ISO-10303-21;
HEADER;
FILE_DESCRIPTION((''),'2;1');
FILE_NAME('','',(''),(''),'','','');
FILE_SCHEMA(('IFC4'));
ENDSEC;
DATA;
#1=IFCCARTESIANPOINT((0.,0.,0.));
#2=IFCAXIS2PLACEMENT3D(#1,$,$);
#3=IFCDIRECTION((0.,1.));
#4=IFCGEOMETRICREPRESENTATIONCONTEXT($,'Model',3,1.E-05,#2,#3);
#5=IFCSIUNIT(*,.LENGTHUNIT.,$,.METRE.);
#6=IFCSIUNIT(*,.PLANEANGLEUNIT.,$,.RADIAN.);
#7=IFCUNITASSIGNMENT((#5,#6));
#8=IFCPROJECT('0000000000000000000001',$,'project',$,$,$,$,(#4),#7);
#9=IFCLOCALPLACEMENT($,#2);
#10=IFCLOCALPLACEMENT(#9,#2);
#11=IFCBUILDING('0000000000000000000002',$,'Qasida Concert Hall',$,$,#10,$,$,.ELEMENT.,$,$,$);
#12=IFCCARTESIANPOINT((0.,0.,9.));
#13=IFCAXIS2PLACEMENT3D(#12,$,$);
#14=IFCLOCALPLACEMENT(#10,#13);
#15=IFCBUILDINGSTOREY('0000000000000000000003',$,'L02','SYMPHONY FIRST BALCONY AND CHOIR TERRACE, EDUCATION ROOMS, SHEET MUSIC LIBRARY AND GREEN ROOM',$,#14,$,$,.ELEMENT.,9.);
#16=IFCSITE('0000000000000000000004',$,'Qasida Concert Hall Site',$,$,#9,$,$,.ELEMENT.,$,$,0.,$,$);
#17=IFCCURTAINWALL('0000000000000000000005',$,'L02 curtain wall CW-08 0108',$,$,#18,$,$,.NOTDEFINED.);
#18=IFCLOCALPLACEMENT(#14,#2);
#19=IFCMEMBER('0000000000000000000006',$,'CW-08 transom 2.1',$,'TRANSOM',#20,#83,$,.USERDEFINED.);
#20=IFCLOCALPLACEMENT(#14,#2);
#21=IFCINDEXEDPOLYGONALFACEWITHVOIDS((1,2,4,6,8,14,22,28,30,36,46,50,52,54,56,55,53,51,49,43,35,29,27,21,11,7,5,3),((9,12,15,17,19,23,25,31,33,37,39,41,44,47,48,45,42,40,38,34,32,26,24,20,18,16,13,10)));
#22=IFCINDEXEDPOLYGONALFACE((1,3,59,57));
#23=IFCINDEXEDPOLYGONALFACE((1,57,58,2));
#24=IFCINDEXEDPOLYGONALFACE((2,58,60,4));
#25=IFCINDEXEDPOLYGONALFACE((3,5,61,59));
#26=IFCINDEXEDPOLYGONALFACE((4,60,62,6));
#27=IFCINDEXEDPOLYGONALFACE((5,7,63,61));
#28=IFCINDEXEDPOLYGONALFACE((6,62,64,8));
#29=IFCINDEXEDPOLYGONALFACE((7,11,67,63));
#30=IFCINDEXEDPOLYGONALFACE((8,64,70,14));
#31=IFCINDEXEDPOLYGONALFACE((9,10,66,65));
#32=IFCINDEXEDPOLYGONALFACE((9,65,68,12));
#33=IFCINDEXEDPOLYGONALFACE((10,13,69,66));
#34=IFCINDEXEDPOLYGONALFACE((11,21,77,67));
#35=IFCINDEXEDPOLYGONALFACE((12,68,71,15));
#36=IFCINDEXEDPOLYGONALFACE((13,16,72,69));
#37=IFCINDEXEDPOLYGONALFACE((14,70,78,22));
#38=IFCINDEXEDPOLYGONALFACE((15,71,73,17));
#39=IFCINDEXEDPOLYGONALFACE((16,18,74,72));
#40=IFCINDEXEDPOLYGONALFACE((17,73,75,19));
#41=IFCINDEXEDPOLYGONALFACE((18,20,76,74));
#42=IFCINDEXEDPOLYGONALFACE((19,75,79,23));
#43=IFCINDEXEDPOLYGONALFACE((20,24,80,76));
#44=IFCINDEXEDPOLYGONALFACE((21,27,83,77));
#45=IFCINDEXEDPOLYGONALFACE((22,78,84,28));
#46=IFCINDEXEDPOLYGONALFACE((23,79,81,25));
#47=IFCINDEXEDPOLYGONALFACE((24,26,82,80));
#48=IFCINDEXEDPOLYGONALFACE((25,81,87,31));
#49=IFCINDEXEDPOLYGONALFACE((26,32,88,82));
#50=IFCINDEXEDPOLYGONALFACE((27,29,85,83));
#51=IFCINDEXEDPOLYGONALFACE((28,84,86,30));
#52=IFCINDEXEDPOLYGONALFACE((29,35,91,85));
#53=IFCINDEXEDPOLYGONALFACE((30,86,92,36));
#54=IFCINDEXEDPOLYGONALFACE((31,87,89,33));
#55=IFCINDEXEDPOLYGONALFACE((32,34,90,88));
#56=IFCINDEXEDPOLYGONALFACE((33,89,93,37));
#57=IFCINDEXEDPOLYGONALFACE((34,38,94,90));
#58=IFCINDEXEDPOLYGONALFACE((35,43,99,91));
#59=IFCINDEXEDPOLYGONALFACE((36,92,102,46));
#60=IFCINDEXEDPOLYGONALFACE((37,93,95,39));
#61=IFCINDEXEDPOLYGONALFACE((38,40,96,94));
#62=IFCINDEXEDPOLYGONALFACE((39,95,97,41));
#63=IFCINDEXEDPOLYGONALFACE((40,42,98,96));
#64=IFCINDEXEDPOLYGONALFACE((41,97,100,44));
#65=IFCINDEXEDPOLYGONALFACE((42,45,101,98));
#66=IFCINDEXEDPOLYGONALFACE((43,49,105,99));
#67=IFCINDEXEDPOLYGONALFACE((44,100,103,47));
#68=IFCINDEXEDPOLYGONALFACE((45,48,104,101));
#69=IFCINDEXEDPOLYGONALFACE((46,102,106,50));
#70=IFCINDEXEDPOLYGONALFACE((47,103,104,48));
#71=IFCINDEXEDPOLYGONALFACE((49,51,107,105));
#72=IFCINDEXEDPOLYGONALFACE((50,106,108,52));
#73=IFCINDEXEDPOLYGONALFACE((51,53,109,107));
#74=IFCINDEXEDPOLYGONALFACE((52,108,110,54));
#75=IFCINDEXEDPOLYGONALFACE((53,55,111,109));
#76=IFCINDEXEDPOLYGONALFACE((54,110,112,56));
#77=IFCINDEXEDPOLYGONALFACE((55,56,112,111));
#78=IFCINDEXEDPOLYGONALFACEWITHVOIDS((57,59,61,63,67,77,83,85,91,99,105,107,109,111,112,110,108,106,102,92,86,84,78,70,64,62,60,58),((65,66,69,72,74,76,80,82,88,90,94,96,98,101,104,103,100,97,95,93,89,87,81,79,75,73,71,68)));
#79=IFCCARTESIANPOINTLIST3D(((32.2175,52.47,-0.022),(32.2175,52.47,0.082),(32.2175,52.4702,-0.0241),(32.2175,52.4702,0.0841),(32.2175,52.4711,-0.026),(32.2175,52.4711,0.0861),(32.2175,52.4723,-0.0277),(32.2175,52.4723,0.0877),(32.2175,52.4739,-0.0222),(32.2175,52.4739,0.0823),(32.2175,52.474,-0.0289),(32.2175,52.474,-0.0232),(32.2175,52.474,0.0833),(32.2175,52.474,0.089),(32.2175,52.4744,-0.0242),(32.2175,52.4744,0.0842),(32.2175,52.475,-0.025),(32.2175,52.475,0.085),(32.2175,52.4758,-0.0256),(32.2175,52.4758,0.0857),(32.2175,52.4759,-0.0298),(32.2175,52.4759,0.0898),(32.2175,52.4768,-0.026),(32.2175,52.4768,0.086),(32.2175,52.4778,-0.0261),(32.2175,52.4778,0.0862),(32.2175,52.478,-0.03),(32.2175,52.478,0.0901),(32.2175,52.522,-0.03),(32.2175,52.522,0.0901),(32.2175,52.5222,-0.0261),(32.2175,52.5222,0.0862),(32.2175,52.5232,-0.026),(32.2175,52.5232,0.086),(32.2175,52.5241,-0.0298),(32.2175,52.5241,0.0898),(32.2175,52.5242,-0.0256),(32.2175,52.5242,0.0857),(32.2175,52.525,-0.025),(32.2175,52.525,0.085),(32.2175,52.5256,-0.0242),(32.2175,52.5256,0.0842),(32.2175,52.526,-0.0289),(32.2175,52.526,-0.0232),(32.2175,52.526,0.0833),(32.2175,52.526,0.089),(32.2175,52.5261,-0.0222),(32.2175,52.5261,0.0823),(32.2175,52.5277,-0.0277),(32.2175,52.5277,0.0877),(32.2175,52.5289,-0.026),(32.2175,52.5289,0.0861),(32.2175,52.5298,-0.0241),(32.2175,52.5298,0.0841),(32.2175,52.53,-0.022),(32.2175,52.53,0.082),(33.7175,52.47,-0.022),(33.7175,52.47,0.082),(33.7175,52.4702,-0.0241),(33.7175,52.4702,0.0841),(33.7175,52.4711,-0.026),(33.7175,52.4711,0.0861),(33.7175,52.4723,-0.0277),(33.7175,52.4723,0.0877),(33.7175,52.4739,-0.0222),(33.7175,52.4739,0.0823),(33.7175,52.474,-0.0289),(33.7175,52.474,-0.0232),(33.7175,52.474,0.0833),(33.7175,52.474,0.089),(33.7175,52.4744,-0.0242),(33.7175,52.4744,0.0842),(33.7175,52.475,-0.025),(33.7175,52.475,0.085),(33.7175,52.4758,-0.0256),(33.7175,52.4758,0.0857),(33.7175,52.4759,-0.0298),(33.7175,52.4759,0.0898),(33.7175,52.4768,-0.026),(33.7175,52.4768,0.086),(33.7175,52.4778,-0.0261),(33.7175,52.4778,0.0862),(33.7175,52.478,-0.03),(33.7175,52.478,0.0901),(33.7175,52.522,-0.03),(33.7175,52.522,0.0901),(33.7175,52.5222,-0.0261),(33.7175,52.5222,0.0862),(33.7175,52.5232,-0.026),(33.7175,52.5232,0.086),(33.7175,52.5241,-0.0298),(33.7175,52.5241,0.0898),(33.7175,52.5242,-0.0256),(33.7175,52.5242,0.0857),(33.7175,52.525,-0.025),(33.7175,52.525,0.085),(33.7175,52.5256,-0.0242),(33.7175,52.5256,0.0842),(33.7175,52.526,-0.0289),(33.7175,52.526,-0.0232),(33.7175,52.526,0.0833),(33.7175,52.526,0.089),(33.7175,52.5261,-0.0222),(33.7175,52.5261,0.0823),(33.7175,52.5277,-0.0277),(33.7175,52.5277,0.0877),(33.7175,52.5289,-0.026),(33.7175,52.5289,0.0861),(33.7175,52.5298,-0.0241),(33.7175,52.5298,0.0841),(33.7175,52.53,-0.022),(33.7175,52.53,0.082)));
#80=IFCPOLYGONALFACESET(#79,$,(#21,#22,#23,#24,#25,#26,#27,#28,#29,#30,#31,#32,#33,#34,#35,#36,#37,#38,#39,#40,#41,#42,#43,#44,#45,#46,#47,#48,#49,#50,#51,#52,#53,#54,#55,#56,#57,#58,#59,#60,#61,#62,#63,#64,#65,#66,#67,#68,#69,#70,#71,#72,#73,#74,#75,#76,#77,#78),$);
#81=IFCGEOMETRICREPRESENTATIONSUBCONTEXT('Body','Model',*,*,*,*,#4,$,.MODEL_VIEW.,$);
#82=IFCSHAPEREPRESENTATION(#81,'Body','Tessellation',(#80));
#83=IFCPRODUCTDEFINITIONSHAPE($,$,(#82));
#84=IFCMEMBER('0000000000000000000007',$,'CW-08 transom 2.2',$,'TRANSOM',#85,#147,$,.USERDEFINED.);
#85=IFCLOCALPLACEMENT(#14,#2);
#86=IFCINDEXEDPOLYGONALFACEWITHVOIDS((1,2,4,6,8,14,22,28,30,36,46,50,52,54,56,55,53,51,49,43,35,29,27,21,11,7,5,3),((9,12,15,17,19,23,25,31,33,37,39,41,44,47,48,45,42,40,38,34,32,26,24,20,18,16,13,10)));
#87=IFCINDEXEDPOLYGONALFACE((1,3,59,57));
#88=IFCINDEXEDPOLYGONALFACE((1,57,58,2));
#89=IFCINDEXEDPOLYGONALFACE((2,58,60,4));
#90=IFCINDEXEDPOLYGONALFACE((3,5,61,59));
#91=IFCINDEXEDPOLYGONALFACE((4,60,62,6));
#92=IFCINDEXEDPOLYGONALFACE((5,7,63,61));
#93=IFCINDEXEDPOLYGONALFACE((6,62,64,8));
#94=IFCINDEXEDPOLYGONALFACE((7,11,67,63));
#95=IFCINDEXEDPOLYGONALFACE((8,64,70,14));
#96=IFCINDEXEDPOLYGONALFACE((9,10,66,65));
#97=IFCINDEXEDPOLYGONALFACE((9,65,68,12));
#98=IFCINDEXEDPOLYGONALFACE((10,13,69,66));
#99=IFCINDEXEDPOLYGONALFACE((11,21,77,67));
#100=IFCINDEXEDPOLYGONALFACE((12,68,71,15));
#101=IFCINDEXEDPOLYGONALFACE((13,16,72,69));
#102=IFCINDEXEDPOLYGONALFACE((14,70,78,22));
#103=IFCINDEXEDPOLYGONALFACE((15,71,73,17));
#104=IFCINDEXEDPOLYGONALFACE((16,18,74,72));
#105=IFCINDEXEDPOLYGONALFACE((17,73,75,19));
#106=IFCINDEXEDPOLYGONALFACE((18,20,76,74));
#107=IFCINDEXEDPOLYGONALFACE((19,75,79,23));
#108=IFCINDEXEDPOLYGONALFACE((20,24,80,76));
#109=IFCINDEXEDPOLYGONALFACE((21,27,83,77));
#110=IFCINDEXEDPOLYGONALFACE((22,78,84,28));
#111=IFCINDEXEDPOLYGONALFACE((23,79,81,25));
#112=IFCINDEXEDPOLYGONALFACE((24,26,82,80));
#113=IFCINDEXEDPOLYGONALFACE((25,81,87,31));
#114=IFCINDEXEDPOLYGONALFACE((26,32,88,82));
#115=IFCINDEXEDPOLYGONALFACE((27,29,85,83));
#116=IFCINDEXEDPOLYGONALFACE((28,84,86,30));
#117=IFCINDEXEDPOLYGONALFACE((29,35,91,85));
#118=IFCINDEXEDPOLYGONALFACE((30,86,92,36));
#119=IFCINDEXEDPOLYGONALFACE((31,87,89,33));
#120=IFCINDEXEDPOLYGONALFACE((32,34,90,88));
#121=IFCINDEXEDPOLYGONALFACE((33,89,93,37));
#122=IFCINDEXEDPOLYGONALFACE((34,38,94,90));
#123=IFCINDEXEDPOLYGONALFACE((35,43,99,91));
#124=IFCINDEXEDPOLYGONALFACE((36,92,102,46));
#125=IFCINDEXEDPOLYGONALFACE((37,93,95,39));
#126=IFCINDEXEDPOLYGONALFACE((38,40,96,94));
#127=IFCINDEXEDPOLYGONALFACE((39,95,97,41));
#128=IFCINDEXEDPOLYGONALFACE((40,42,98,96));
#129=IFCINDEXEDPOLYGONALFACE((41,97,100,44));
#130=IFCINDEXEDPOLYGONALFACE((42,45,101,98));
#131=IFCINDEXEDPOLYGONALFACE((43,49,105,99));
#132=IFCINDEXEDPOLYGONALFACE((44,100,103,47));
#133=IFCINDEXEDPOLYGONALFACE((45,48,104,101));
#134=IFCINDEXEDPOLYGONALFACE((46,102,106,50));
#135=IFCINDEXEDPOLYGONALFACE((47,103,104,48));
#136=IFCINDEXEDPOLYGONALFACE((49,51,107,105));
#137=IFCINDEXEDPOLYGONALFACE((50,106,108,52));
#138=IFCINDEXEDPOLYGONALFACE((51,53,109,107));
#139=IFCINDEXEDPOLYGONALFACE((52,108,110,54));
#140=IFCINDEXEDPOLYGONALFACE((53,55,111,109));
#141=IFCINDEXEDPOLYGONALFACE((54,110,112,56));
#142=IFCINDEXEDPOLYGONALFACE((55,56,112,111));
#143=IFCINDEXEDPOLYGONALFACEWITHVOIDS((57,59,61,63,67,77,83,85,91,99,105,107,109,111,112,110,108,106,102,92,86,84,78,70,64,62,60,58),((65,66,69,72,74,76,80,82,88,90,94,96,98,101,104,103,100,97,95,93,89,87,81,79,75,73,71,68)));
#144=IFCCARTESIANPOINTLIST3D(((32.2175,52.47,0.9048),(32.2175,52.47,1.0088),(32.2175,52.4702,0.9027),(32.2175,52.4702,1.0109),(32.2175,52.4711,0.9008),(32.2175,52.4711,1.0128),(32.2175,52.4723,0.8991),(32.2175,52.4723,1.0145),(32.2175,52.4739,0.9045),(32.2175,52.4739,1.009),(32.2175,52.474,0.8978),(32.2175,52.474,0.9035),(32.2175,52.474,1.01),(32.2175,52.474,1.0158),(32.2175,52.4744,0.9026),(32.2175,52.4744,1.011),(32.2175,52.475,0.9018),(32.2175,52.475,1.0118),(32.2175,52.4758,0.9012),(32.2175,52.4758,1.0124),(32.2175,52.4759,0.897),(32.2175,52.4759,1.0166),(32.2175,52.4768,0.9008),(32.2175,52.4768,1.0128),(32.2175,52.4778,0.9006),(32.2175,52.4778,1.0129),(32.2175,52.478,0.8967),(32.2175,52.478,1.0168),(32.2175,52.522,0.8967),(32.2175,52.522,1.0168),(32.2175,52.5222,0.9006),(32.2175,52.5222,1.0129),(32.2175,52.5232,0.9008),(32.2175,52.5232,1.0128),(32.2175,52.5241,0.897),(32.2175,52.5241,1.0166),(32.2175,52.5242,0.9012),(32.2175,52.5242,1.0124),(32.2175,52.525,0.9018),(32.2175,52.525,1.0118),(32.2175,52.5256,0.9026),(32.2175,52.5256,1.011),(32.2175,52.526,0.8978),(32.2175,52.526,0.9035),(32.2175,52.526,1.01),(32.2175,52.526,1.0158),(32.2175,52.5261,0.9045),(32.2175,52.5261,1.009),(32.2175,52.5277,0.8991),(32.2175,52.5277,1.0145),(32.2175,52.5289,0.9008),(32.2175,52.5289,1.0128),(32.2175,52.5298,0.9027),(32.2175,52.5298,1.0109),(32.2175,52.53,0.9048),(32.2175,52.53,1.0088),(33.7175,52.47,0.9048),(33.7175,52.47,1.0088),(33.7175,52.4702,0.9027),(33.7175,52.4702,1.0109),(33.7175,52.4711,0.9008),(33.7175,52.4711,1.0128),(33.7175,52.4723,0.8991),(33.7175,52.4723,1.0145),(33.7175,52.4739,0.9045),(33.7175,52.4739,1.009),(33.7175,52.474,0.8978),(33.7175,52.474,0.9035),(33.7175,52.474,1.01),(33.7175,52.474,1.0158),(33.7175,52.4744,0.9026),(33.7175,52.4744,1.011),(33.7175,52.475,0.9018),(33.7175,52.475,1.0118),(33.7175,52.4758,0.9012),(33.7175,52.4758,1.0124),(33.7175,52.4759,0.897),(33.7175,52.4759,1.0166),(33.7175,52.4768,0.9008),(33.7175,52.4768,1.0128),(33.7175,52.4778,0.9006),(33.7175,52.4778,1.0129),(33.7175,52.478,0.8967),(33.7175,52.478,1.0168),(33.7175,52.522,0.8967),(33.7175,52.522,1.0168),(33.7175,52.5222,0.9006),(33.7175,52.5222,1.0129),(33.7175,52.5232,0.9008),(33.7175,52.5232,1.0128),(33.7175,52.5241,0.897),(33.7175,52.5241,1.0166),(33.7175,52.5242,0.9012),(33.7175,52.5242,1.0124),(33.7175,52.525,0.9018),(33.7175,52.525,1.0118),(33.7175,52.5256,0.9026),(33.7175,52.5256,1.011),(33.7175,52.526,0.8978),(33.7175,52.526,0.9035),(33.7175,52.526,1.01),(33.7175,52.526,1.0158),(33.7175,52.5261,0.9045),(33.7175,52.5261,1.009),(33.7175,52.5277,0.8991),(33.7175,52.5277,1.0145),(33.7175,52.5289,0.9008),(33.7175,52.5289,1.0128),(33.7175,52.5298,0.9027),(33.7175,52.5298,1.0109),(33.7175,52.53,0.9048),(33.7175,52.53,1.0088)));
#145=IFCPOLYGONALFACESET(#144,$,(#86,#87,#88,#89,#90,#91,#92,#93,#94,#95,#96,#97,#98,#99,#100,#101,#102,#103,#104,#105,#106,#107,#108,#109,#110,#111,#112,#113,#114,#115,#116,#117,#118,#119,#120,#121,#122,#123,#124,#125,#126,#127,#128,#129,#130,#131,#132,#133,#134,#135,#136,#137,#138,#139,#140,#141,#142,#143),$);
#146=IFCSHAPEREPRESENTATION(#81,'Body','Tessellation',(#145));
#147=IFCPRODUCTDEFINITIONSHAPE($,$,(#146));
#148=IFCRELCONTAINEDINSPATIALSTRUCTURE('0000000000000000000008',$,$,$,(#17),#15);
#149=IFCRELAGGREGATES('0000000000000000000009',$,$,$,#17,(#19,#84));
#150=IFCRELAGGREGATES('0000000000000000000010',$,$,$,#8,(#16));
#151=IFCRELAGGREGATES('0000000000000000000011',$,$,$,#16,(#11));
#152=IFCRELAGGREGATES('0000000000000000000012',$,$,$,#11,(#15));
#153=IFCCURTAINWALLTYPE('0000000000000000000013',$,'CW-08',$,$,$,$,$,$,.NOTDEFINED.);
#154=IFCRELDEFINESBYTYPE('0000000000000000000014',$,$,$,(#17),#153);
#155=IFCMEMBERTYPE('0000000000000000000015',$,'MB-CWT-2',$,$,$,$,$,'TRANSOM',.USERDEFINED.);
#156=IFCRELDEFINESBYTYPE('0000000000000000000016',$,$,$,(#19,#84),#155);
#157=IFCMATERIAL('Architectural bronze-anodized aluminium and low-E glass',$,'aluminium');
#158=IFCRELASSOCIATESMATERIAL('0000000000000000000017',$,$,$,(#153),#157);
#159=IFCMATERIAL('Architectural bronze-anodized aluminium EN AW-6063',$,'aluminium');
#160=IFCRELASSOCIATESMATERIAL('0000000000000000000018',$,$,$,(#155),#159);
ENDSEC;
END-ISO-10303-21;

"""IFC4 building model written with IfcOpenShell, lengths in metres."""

from ifc_helpers import new_model, si_unit, direction, frame, origin, origin_2d, place, context, subcontext, project, spatial, hollow_rectangle, extrude, material, material_profile, profile_set, type_object, element, aggregate, save


model = new_model("IFC4")

# Units and contexts
model_context = context("Model", 3, precision=1e-05, world=origin(), true_north=direction((0.0, 1.0)))
body_context = subcontext(model_context, "Body", "Model", "MODEL_VIEW")
ifc_project = project(units=[si_unit("LENGTHUNIT", "METRE"), si_unit("PLANEANGLEUNIT", "RADIAN")], contexts=[model_context])

# Site, building, storey
site_placement = place(None, origin())
site = spatial("IfcSite", under=ifc_project, at=site_placement, Name="Qasida Concert Hall Site", CompositionType="ELEMENT", RefElevation=0.0)
building_placement = place(site_placement, origin())
building = spatial("IfcBuilding", under=site, at=building_placement, Name="Qasida Concert Hall", CompositionType="ELEMENT")
storey_placement = place(building_placement, frame((0.0, 0.0, 9.0)))
storey = spatial("IfcBuildingStorey", under=building, at=storey_placement, Name="L02", Description="SYMPHONY FIRST BALCONY AND CHOIR TERRACE, EDUCATION ROOMS, SHEET MUSIC LIBRARY AND GREEN ROOM", CompositionType="ELEMENT", Elevation=9.0)

# Shared definitions
ifc_material_1 = material(Name="Architectural bronze-anodized aluminium and low-E glass", Category="aluminium")
curtain_wall_type = type_object("IfcCurtainWallType", Name="CW-08", PredefinedType="NOTDEFINED", material=ifc_material_1)
ifc_material_2 = material(Name="Architectural bronze-anodized aluminium EN AW-6063", Category="aluminium")

# Curtain wall
curtain_wall_1_placement = place(storey_placement, origin())
curtain_wall_1 = element("IfcCurtainWall", 1, at=curtain_wall_1_placement, inside=storey, type_object=curtain_wall_type, Name="L02 curtain wall CW-08 0108", PredefinedType="NOTDEFINED")

# Members
ifc_material_profile_1 = material_profile(ifc_material_2, hollow_rectangle(XDim=0.0601, YDim=0.1201, WallThickness=0.0039, InnerFilletRadius=0.0039, OuterFilletRadius=0.0081, at=origin_2d()), Name="CWT 120x60x4")
ifc_profile_set_1 = profile_set([ifc_material_profile_1], Name="Architectural bronze-anodized aluminium EN AW-6063")
member_type_1 = type_object("IfcMemberType", Name="MB-CWT-2", ElementType="TRANSOM", PredefinedType="USERDEFINED", material=ifc_profile_set_1)
member_1_placement = place(storey_placement, frame((32.2175, 52.5, 0.03), z_axis=(1.0, 0.0, 0.0), x_axis=(0.0, 1.0, 0.0)))
member_1 = element("IfcMember", 2, at=member_1_placement, type_object=member_type_1, Name="CW-08 transom 2.1", ObjectType="TRANSOM", PredefinedType="USERDEFINED", context=body_context, shape_type="SweptSolid", body=[
    extrude(hollow_rectangle(XDim=0.0601, YDim=0.1201, WallThickness=0.0039, InnerFilletRadius=0.0039, OuterFilletRadius=0.0081, at=origin_2d()), origin(), (0.0, 0.0, 1.0), 1.5),
])
member_2_placement = place(storey_placement, frame((32.2175, 52.5, 0.9568), z_axis=(1.0, 0.0, 0.0), x_axis=(0.0, 1.0, 0.0)))
member_2 = element("IfcMember", 3, at=member_2_placement, type_object=member_type_1, Name="CW-08 transom 2.2", ObjectType="TRANSOM", PredefinedType="USERDEFINED", context=body_context, shape_type="SweptSolid", body=[
    extrude(hollow_rectangle(XDim=0.0601, YDim=0.1201, WallThickness=0.0039, InnerFilletRadius=0.0039, OuterFilletRadius=0.0081, at=origin_2d()), origin(), (0.0, 0.0, 1.0), 1.5),
])

aggregate(curtain_wall_1, [member_1, member_2])

save(model, "model.ifc")
